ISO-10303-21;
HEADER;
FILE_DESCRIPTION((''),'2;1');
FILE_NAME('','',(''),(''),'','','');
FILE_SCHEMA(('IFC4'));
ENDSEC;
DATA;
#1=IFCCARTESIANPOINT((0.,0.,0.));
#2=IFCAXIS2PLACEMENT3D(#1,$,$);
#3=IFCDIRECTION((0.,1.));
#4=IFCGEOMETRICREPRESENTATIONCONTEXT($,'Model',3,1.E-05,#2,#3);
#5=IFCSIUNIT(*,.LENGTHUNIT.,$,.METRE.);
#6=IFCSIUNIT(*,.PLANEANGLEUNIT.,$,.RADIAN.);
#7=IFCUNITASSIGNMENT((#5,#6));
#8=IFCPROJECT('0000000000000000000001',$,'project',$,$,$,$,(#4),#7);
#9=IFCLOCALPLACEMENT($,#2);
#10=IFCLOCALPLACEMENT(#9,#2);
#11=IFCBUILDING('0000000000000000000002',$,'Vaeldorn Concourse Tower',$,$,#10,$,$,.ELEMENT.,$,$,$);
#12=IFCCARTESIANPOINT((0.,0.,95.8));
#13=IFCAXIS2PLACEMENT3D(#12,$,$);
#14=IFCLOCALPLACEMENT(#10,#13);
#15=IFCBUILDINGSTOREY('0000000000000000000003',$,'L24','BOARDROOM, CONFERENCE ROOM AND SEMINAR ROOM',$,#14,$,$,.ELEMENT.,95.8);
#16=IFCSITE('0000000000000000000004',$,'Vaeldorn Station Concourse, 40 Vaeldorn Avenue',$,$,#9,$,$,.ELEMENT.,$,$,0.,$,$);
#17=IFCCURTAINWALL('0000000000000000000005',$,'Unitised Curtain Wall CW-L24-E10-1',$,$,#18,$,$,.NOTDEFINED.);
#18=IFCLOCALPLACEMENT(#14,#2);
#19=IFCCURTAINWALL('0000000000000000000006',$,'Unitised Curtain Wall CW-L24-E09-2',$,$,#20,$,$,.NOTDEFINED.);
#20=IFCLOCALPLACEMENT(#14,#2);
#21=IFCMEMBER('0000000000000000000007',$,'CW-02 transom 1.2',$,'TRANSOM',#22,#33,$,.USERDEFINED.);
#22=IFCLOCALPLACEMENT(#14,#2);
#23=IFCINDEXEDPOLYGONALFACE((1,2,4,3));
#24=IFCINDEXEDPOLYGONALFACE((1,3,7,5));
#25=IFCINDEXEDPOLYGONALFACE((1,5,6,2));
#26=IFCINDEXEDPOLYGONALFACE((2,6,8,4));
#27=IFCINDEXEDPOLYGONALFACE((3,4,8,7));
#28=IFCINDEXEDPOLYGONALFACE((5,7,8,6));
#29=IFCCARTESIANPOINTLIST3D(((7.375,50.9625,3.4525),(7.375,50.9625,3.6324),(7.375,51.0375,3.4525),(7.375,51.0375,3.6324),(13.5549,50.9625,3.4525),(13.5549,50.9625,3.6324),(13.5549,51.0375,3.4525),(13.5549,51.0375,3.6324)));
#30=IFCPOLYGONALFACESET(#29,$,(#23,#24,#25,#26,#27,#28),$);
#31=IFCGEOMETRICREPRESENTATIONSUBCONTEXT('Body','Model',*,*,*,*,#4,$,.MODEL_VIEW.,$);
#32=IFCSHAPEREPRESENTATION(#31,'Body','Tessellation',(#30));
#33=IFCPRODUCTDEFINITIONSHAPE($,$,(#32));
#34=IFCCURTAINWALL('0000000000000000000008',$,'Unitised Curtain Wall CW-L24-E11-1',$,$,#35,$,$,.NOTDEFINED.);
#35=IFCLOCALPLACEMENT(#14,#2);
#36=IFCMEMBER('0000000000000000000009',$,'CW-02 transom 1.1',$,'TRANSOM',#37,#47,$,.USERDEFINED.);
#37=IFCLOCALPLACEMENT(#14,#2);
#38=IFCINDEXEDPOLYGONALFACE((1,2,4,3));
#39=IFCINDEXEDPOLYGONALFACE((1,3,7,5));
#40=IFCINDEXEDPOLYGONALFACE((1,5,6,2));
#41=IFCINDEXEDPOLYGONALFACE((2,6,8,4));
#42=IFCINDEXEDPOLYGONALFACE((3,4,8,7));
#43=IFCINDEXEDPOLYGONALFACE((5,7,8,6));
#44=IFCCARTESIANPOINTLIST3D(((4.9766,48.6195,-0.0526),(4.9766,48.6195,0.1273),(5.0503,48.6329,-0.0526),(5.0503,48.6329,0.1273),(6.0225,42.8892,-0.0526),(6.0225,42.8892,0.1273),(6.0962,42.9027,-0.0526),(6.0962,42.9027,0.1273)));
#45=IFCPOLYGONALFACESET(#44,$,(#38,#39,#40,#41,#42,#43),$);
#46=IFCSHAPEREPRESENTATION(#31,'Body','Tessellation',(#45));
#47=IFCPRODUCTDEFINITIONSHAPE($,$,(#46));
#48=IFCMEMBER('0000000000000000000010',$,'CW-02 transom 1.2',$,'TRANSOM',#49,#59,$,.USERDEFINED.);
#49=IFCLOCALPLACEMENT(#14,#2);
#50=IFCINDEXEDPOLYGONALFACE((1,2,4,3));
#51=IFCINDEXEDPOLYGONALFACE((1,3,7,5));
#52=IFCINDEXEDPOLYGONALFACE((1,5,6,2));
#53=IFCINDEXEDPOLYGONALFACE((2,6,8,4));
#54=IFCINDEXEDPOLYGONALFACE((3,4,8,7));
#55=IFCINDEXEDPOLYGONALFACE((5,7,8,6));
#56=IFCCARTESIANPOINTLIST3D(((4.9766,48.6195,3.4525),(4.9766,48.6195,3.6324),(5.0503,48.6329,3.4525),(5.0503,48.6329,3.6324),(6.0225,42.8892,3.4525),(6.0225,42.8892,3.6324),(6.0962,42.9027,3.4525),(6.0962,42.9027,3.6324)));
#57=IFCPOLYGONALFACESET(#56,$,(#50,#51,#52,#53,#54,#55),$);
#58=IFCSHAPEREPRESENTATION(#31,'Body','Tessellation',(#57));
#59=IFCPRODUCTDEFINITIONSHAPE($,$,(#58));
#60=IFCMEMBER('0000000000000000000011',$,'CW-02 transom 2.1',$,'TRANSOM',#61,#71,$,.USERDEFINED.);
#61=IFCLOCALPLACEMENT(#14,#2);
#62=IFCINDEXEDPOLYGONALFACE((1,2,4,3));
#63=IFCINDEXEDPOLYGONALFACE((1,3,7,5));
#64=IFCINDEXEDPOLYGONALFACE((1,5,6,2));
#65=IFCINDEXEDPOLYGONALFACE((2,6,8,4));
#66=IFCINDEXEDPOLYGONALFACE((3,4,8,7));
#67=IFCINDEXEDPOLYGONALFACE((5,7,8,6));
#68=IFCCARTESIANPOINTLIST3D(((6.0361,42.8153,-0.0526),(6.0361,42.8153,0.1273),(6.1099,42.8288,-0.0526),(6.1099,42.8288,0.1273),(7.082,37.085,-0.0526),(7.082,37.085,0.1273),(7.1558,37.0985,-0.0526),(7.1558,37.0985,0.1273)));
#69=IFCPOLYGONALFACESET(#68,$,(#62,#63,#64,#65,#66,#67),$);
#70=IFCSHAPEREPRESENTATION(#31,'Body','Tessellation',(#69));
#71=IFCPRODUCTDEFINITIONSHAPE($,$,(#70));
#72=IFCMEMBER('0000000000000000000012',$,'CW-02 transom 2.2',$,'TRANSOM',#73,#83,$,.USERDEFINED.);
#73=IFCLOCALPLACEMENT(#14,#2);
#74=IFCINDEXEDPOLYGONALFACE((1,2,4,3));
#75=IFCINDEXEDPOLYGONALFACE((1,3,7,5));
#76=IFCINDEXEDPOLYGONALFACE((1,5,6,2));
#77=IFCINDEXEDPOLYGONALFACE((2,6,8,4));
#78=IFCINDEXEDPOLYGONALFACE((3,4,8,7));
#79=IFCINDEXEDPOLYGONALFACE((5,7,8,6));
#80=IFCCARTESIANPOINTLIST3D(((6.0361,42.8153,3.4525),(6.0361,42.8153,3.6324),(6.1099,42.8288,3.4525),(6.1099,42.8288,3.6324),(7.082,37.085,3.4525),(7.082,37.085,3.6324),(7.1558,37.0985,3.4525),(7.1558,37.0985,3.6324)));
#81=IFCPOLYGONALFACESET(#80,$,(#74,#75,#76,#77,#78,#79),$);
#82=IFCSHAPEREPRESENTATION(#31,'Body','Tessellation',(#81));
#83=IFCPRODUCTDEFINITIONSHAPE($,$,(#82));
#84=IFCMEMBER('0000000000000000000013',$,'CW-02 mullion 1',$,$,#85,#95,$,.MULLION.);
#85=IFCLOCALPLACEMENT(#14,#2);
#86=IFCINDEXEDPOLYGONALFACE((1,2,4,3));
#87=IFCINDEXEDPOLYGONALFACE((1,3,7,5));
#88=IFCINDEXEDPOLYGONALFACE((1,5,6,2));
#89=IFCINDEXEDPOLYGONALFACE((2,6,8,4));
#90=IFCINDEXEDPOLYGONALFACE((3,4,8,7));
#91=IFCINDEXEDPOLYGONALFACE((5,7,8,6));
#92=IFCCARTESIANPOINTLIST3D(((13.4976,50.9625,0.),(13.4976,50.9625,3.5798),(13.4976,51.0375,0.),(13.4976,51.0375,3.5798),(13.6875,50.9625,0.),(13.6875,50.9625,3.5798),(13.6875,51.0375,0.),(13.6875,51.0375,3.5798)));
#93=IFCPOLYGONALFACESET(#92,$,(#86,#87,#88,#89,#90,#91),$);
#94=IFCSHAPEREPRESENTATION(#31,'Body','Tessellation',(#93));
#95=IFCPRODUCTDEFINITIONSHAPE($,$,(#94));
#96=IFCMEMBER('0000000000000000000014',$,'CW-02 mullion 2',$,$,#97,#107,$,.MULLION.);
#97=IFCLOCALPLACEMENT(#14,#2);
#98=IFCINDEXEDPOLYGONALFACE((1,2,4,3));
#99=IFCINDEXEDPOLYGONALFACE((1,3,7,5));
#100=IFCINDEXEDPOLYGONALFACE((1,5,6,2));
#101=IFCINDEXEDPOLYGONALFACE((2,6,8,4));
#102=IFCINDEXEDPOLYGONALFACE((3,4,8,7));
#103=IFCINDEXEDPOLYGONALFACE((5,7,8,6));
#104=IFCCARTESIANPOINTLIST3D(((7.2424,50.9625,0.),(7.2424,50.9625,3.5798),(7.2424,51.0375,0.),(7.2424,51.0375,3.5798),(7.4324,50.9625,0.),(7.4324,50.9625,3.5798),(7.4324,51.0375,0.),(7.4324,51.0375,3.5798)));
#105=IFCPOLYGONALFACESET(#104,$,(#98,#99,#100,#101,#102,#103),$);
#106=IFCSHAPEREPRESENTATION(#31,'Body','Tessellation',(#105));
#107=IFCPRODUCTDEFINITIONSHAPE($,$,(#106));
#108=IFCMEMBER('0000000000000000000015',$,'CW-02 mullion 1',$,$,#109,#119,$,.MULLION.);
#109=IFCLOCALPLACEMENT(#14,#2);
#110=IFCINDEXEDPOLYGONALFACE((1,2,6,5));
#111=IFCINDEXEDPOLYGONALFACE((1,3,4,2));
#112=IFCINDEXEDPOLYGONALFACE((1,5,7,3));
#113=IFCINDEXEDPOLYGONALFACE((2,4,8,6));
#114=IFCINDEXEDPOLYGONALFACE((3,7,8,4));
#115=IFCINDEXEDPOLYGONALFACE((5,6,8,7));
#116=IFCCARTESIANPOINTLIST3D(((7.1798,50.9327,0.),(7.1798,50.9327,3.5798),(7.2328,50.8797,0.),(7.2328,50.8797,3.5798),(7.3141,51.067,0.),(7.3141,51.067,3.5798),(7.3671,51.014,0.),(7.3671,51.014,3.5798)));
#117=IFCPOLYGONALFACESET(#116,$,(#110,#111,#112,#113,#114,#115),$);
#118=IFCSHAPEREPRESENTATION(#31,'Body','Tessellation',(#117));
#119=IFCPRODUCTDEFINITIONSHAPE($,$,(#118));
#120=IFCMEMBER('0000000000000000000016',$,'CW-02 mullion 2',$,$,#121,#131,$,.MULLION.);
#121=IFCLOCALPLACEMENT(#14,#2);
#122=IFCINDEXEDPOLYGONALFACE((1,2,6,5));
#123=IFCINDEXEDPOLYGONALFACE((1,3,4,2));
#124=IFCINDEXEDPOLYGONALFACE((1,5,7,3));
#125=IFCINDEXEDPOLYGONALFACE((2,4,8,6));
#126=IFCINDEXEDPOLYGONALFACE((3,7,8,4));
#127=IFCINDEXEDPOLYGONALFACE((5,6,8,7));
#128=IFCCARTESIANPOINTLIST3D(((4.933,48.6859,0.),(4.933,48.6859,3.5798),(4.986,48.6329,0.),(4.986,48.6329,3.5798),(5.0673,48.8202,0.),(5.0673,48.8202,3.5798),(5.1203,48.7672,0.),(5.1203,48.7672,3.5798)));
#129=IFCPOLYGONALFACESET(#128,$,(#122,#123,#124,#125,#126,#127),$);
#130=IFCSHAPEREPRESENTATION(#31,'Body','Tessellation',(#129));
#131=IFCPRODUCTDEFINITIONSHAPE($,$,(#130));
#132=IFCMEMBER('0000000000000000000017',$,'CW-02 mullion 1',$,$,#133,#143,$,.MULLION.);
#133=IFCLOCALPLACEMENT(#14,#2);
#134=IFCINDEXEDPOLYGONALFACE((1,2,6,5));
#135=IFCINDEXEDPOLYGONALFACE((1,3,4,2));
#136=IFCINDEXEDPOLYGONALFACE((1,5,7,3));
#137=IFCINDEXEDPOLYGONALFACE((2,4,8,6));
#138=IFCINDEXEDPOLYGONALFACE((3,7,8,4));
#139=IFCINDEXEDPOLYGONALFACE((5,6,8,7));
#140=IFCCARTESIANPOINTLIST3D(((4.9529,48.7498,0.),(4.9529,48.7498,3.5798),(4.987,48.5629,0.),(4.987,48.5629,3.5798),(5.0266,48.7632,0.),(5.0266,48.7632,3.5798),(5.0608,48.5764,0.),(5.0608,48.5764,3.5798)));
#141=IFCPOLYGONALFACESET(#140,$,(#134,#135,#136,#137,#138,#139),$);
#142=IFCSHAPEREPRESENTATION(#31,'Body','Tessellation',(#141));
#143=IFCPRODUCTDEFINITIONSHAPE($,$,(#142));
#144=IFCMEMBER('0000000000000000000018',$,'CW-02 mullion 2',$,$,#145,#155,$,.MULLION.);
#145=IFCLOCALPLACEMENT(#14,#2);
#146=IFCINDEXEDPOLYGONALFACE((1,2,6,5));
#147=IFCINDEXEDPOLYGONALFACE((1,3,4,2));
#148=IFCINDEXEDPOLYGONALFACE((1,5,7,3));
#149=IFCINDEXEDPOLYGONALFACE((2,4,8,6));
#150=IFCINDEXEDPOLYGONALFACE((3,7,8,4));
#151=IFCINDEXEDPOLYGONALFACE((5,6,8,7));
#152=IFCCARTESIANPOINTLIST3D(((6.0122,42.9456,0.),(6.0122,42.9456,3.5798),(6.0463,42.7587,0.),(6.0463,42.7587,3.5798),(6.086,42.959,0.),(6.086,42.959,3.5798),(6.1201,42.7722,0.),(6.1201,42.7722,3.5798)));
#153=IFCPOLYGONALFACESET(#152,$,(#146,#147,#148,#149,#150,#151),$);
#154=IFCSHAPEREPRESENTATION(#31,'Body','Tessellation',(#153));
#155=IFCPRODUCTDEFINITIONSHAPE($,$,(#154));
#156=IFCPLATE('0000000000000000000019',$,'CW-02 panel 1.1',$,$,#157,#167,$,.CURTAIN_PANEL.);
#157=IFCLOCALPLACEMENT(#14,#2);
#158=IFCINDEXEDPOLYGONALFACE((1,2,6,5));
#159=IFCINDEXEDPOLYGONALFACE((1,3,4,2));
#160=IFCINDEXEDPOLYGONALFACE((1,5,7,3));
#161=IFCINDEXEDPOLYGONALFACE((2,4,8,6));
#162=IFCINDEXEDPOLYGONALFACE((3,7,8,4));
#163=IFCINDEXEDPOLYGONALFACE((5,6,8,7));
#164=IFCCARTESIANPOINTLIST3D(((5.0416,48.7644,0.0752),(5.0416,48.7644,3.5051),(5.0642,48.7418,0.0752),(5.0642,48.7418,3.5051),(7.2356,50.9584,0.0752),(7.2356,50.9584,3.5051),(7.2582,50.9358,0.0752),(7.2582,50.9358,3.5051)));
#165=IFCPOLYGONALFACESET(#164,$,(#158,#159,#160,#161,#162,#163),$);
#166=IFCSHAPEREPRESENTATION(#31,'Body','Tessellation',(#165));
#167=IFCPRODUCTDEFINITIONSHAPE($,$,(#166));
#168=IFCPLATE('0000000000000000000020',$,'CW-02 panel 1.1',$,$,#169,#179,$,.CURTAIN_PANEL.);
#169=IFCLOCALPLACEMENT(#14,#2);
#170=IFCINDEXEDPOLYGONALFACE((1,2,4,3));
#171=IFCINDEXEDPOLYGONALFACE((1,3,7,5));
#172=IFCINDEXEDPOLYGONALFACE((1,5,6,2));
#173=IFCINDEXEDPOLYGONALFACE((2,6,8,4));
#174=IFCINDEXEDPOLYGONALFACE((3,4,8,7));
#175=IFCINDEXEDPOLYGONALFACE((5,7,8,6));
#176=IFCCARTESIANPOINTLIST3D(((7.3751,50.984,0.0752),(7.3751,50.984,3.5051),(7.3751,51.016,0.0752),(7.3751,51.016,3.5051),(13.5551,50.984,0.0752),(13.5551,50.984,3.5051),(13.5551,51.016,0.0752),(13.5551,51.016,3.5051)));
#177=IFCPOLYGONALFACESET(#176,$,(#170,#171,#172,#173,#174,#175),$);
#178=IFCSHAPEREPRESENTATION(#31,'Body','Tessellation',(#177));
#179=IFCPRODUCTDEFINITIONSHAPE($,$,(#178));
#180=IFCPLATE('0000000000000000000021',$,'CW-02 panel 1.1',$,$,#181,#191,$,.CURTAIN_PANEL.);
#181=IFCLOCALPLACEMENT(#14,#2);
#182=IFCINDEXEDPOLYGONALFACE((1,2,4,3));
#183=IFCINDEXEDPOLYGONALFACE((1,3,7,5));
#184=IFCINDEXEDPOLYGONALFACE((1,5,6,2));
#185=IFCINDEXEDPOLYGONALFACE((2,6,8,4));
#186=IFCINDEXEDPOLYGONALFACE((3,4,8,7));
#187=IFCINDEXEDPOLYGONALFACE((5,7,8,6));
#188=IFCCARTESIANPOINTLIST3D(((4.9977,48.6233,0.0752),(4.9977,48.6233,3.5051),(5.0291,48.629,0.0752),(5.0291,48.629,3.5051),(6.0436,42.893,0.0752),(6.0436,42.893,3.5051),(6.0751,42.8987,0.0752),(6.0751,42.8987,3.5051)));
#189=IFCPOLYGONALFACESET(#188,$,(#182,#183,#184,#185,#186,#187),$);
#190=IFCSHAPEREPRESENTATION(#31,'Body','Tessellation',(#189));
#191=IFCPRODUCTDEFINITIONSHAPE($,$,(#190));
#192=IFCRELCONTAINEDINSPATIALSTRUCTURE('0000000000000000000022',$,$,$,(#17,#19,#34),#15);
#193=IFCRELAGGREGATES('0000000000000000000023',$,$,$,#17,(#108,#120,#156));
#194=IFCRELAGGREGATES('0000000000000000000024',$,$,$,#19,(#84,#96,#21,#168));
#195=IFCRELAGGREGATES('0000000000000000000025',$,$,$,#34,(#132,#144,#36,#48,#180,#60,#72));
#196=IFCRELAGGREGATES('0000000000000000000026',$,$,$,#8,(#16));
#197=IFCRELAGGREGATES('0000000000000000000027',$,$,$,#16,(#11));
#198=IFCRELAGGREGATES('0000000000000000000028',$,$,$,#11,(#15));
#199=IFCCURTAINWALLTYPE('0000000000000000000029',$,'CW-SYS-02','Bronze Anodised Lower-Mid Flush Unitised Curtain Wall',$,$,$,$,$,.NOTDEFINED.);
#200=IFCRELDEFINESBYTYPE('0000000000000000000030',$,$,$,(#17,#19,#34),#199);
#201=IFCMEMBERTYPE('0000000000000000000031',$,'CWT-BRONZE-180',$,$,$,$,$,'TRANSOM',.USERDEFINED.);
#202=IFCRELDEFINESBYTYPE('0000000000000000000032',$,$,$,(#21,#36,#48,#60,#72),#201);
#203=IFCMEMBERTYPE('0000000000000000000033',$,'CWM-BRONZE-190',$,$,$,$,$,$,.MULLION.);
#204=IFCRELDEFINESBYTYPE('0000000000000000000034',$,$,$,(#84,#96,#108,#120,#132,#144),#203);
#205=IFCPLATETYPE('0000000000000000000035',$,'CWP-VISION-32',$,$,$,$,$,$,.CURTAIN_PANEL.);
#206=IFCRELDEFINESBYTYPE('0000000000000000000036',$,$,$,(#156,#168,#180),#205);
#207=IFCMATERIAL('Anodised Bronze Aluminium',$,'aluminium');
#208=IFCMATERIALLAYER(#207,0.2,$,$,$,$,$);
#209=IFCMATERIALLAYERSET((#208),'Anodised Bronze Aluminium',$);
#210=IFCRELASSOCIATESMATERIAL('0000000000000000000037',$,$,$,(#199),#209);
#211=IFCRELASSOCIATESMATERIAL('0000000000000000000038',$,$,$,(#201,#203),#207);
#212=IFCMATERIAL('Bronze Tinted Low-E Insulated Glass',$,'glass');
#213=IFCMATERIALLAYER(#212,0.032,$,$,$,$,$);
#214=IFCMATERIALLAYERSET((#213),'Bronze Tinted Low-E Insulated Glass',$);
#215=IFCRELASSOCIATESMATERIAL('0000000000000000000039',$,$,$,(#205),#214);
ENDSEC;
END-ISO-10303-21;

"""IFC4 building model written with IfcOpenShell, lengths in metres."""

from ifc_helpers import new_model, si_unit, direction, frame, origin, origin_2d, place, context, subcontext, project, spatial, rectangle, extrude, source, transform, mapped, material, layer, layer_set, material_profile, profile_set, type_object, element, aggregate, save


model = new_model("IFC4")

# Units and contexts
model_context = context("Model", 3, precision=1e-05, world=origin(), true_north=direction((0.0, 1.0)))
body_context = subcontext(model_context, "Body", "Model", "MODEL_VIEW")
ifc_project = project(units=[si_unit("LENGTHUNIT", "METRE"), si_unit("PLANEANGLEUNIT", "RADIAN")], contexts=[model_context])

# Site, building, storey
site_placement = place(None, origin())
site = spatial("IfcSite", under=ifc_project, at=site_placement, Name="Vaeldorn Station Concourse, 40 Vaeldorn Avenue", CompositionType="ELEMENT", RefElevation=0.0)
building_placement = place(site_placement, origin())
building = spatial("IfcBuilding", under=site, at=building_placement, Name="Vaeldorn Concourse Tower", CompositionType="ELEMENT")
storey_placement = place(building_placement, frame((0.0, 0.0, 95.8)))
storey = spatial("IfcBuildingStorey", under=building, at=storey_placement, Name="L24", Description="BOARDROOM, CONFERENCE ROOM AND SEMINAR ROOM", CompositionType="ELEMENT", Elevation=95.8)

# Curtain walls, members
ifc_material_1 = material(Name="Anodised Bronze Aluminium", Category="aluminium")
ifc_layer_1 = layer(ifc_material_1, 0.2)
ifc_layer_set_1 = layer_set([ifc_layer_1], Name="Anodised Bronze Aluminium")
curtain_wall_type = type_object("IfcCurtainWallType", Name="CW-SYS-02", Description="Bronze Anodised Lower-Mid Flush Unitised Curtain Wall", PredefinedType="NOTDEFINED", material=ifc_layer_set_1)
curtain_wall_1_placement = place(storey_placement, origin())
curtain_wall_1 = element("IfcCurtainWall", 1, at=curtain_wall_1_placement, inside=storey, type_object=curtain_wall_type, Name="Unitised Curtain Wall CW-L24-E10-1", PredefinedType="NOTDEFINED")
ifc_material_profile_1 = material_profile(ifc_material_1, rectangle(XDim=0.075, YDim=0.1799, at=origin_2d()), Name="CWT 75x180")
ifc_profile_set_1 = profile_set([ifc_material_profile_1], Name="Anodised Bronze Aluminium")
member_type_1 = type_object("IfcMemberType", Name="CWT-BRONZE-180", ElementType="TRANSOM", PredefinedType="USERDEFINED", material=ifc_profile_set_1)
curtain_wall_2_placement = place(storey_placement, origin())
curtain_wall_2 = element("IfcCurtainWall", 2, at=curtain_wall_2_placement, inside=storey, type_object=curtain_wall_type, Name="Unitised Curtain Wall CW-L24-E09-2", PredefinedType="NOTDEFINED")
shared_shape_1 = source(origin(), body_context, "Body", "SweptSolid", [
    extrude(rectangle(XDim=0.075, YDim=0.1799, at=origin_2d()), origin(), (0.0, 0.0, 1.0), 6.1799),
])
member_1_placement = place(storey_placement, frame((13.5549, 51.0, 3.5425), z_axis=(-1.0, 0.0, 0.0), x_axis=(0.0, -1.0, 0.0)))
member_1 = element("IfcMember", 3, at=member_1_placement, type_object=member_type_1, Name="CW-02 transom 1.2", ObjectType="TRANSOM", PredefinedType="USERDEFINED", context=body_context, shape_type="MappedRepresentation", body=[
    mapped(shared_shape_1, transform((0.0, 0.0, 0.0), scale=1.0)),
])
curtain_wall_3_placement = place(storey_placement, origin())
curtain_wall_3 = element("IfcCurtainWall", 4, at=curtain_wall_3_placement, inside=storey, type_object=curtain_wall_type, Name="Unitised Curtain Wall CW-L24-E11-1", PredefinedType="NOTDEFINED")
shared_shape_2 = source(origin(), body_context, "Body", "SweptSolid", [
    extrude(rectangle(XDim=0.075, YDim=0.1799, at=origin_2d()), origin(), (0.0, 0.0, 1.0), 5.825),
])
member_2_placement = place(storey_placement, frame((5.0134, 48.6262, 0.0374), z_axis=(0.179557, -0.983748, 0.0), x_axis=(0.983748, 0.179557, 0.0)))
member_2 = element("IfcMember", 5, at=member_2_placement, type_object=member_type_1, Name="CW-02 transom 1.1", ObjectType="TRANSOM", PredefinedType="USERDEFINED", context=body_context, shape_type="MappedRepresentation", body=[
    mapped(shared_shape_2, transform((0.0, 0.0, 0.0), scale=1.0)),
])
member_3_placement = place(storey_placement, frame((5.0134, 48.6262, 3.5425), z_axis=(0.179557, -0.983748, 0.0), x_axis=(0.983748, 0.179557, 0.0)))
member_3 = element("IfcMember", 6, at=member_3_placement, type_object=member_type_1, Name="CW-02 transom 1.2", ObjectType="TRANSOM", PredefinedType="USERDEFINED", context=body_context, shape_type="MappedRepresentation", body=[
    mapped(shared_shape_2, transform((0.0, 0.0, 0.0), scale=1.0)),
])
member_4_placement = place(storey_placement, frame((6.073, 42.822, 0.0374), z_axis=(0.179557, -0.983748, 0.0), x_axis=(0.983748, 0.179557, 0.0)))
member_4 = element("IfcMember", 7, at=member_4_placement, type_object=member_type_1, Name="CW-02 transom 2.1", ObjectType="TRANSOM", PredefinedType="USERDEFINED", context=body_context, shape_type="MappedRepresentation", body=[
    mapped(shared_shape_2, transform((0.0, 0.0, 0.0), scale=1.0)),
])
member_5_placement = place(storey_placement, frame((6.073, 42.822, 3.5425), z_axis=(0.179557, -0.983748, 0.0), x_axis=(0.983748, 0.179557, 0.0)))
member_5 = element("IfcMember", 8, at=member_5_placement, type_object=member_type_1, Name="CW-02 transom 2.2", ObjectType="TRANSOM", PredefinedType="USERDEFINED", context=body_context, shape_type="MappedRepresentation", body=[
    mapped(shared_shape_2, transform((0.0, 0.0, 0.0), scale=1.0)),
])

# Members
ifc_material_profile_2 = material_profile(ifc_material_1, rectangle(XDim=0.075, YDim=0.1899, at=origin_2d()), Name="CWM 75x190")
ifc_profile_set_2 = profile_set([ifc_material_profile_2], Name="Anodised Bronze Aluminium")
member_type_2 = type_object("IfcMemberType", Name="CWM-BRONZE-190", PredefinedType="MULLION", material=ifc_profile_set_2)
shared_shape_3 = source(origin(), body_context, "Body", "SweptSolid", [
    extrude(rectangle(XDim=0.075, YDim=0.1899, at=origin_2d()), origin(), (0.0, 0.0, 1.0), 3.5798),
])
member_6_placement = place(storey_placement, frame((13.5925, 51.0, 0.0), z_axis=(0.0, 0.0, 1.0), x_axis=(0.0, -1.0, 0.0)))
member_6 = element("IfcMember", 9, at=member_6_placement, type_object=member_type_2, Name="CW-02 mullion 1", PredefinedType="MULLION", context=body_context, shape_type="MappedRepresentation", body=[
    mapped(shared_shape_3, transform((0.0, 0.0, 0.0), scale=1.0)),
])
member_7_placement = place(storey_placement, frame((7.3374, 51.0, 0.0), z_axis=(0.0, 0.0, 1.0), x_axis=(0.0, -1.0, 0.0)))
member_7 = element("IfcMember", 10, at=member_7_placement, type_object=member_type_2, Name="CW-02 mullion 2", PredefinedType="MULLION", context=body_context, shape_type="MappedRepresentation", body=[
    mapped(shared_shape_3, transform((0.0, 0.0, 0.0), scale=1.0)),
])
member_8_placement = place(storey_placement, frame((7.2734, 50.9734, 0.0), z_axis=(0.0, 0.0, 1.0), x_axis=(0.707107, -0.707107, 0.0)))
member_8 = element("IfcMember", 11, at=member_8_placement, type_object=member_type_2, Name="CW-02 mullion 1", PredefinedType="MULLION", context=body_context, shape_type="MappedRepresentation", body=[
    mapped(shared_shape_3, transform((0.0, 0.0, 0.0), scale=1.0)),
])
member_9_placement = place(storey_placement, frame((5.0266, 48.7266, 0.0), z_axis=(0.0, 0.0, 1.0), x_axis=(0.707107, -0.707107, 0.0)))
member_9 = element("IfcMember", 12, at=member_9_placement, type_object=member_type_2, Name="CW-02 mullion 2", PredefinedType="MULLION", context=body_context, shape_type="MappedRepresentation", body=[
    mapped(shared_shape_3, transform((0.0, 0.0, 0.0), scale=1.0)),
])
member_10_placement = place(storey_placement, frame((5.0068, 48.6631, 0.0), z_axis=(0.0, 0.0, 1.0), x_axis=(0.983747, 0.179562, 0.0)))
member_10 = element("IfcMember", 13, at=member_10_placement, type_object=member_type_2, Name="CW-02 mullion 1", PredefinedType="MULLION", context=body_context, shape_type="MappedRepresentation", body=[
    mapped(shared_shape_3, transform((0.0, 0.0, 0.0), scale=1.0)),
])
member_11_placement = place(storey_placement, frame((6.0662, 42.8589, 0.0), z_axis=(0.0, 0.0, 1.0), x_axis=(0.983747, 0.179562, 0.0)))
member_11 = element("IfcMember", 14, at=member_11_placement, type_object=member_type_2, Name="CW-02 mullion 2", PredefinedType="MULLION", context=body_context, shape_type="MappedRepresentation", body=[
    mapped(shared_shape_3, transform((0.0, 0.0, 0.0), scale=1.0)),
])

# Plates
ifc_material_2 = material(Name="Bronze Tinted Low-E Insulated Glass", Category="glass")
ifc_layer_2 = layer(ifc_material_2, 0.032)
ifc_layer_set_2 = layer_set([ifc_layer_2], Name="Bronze Tinted Low-E Insulated Glass")
plate_type = type_object("IfcPlateType", Name="CWP-VISION-32", PredefinedType="CURTAIN_PANEL", material=ifc_layer_set_2)
shared_shape_4 = source(origin(), body_context, "Body", "SweptSolid", [
    extrude(rectangle(XDim=3.1028, YDim=0.032, at=origin_2d()), origin(), (0.0, 0.0, 1.0), 3.4299),
])
plate_1_placement = place(storey_placement, frame((6.1499, 49.8501, 0.0752), z_axis=(0.0, 0.0, 1.0), x_axis=(-0.707107, -0.707107, 0.0)))
plate_1 = element("IfcPlate", 15, at=plate_1_placement, type_object=plate_type, Name="CW-02 panel 1.1", PredefinedType="CURTAIN_PANEL", context=body_context, shape_type="MappedRepresentation", body=[
    mapped(shared_shape_4, transform((0.0, 0.0, 0.0), scale=1.0)),
])
aggregate(curtain_wall_1, [member_8, member_9, plate_1])
shared_shape_5 = source(origin(), body_context, "Body", "SweptSolid", [
    extrude(rectangle(XDim=6.1799, YDim=0.032, at=origin_2d()), origin(), (0.0, 0.0, 1.0), 3.4299),
])
plate_2_placement = place(storey_placement, frame((10.4651, 51.0, 0.0752), z_axis=(0.0, 0.0, 1.0), x_axis=(-1.0, 0.0, 0.0)))
plate_2 = element("IfcPlate", 16, at=plate_2_placement, type_object=plate_type, Name="CW-02 panel 1.1", PredefinedType="CURTAIN_PANEL", context=body_context, shape_type="MappedRepresentation", body=[
    mapped(shared_shape_5, transform((0.0, 0.0, 0.0), scale=1.0)),
])
aggregate(curtain_wall_2, [member_6, member_7, member_1, plate_2])
shared_shape_6 = source(origin(), body_context, "Body", "SweptSolid", [
    extrude(rectangle(XDim=5.825, YDim=0.032, at=origin_2d()), origin(), (0.0, 0.0, 1.0), 3.4299),
])
plate_3_placement = place(storey_placement, frame((5.5364, 45.761, 0.0752), z_axis=(0.0, 0.0, 1.0), x_axis=(0.179562, -0.983747, 0.0)))
plate_3 = element("IfcPlate", 17, at=plate_3_placement, type_object=plate_type, Name="CW-02 panel 1.1", PredefinedType="CURTAIN_PANEL", context=body_context, shape_type="MappedRepresentation", body=[
    mapped(shared_shape_6, transform((0.0, 0.0, 0.0), scale=1.0)),
])
aggregate(curtain_wall_3, [member_10, member_11, member_2, member_3, plate_3, member_4, member_5])

save(model, "model.ifc")
